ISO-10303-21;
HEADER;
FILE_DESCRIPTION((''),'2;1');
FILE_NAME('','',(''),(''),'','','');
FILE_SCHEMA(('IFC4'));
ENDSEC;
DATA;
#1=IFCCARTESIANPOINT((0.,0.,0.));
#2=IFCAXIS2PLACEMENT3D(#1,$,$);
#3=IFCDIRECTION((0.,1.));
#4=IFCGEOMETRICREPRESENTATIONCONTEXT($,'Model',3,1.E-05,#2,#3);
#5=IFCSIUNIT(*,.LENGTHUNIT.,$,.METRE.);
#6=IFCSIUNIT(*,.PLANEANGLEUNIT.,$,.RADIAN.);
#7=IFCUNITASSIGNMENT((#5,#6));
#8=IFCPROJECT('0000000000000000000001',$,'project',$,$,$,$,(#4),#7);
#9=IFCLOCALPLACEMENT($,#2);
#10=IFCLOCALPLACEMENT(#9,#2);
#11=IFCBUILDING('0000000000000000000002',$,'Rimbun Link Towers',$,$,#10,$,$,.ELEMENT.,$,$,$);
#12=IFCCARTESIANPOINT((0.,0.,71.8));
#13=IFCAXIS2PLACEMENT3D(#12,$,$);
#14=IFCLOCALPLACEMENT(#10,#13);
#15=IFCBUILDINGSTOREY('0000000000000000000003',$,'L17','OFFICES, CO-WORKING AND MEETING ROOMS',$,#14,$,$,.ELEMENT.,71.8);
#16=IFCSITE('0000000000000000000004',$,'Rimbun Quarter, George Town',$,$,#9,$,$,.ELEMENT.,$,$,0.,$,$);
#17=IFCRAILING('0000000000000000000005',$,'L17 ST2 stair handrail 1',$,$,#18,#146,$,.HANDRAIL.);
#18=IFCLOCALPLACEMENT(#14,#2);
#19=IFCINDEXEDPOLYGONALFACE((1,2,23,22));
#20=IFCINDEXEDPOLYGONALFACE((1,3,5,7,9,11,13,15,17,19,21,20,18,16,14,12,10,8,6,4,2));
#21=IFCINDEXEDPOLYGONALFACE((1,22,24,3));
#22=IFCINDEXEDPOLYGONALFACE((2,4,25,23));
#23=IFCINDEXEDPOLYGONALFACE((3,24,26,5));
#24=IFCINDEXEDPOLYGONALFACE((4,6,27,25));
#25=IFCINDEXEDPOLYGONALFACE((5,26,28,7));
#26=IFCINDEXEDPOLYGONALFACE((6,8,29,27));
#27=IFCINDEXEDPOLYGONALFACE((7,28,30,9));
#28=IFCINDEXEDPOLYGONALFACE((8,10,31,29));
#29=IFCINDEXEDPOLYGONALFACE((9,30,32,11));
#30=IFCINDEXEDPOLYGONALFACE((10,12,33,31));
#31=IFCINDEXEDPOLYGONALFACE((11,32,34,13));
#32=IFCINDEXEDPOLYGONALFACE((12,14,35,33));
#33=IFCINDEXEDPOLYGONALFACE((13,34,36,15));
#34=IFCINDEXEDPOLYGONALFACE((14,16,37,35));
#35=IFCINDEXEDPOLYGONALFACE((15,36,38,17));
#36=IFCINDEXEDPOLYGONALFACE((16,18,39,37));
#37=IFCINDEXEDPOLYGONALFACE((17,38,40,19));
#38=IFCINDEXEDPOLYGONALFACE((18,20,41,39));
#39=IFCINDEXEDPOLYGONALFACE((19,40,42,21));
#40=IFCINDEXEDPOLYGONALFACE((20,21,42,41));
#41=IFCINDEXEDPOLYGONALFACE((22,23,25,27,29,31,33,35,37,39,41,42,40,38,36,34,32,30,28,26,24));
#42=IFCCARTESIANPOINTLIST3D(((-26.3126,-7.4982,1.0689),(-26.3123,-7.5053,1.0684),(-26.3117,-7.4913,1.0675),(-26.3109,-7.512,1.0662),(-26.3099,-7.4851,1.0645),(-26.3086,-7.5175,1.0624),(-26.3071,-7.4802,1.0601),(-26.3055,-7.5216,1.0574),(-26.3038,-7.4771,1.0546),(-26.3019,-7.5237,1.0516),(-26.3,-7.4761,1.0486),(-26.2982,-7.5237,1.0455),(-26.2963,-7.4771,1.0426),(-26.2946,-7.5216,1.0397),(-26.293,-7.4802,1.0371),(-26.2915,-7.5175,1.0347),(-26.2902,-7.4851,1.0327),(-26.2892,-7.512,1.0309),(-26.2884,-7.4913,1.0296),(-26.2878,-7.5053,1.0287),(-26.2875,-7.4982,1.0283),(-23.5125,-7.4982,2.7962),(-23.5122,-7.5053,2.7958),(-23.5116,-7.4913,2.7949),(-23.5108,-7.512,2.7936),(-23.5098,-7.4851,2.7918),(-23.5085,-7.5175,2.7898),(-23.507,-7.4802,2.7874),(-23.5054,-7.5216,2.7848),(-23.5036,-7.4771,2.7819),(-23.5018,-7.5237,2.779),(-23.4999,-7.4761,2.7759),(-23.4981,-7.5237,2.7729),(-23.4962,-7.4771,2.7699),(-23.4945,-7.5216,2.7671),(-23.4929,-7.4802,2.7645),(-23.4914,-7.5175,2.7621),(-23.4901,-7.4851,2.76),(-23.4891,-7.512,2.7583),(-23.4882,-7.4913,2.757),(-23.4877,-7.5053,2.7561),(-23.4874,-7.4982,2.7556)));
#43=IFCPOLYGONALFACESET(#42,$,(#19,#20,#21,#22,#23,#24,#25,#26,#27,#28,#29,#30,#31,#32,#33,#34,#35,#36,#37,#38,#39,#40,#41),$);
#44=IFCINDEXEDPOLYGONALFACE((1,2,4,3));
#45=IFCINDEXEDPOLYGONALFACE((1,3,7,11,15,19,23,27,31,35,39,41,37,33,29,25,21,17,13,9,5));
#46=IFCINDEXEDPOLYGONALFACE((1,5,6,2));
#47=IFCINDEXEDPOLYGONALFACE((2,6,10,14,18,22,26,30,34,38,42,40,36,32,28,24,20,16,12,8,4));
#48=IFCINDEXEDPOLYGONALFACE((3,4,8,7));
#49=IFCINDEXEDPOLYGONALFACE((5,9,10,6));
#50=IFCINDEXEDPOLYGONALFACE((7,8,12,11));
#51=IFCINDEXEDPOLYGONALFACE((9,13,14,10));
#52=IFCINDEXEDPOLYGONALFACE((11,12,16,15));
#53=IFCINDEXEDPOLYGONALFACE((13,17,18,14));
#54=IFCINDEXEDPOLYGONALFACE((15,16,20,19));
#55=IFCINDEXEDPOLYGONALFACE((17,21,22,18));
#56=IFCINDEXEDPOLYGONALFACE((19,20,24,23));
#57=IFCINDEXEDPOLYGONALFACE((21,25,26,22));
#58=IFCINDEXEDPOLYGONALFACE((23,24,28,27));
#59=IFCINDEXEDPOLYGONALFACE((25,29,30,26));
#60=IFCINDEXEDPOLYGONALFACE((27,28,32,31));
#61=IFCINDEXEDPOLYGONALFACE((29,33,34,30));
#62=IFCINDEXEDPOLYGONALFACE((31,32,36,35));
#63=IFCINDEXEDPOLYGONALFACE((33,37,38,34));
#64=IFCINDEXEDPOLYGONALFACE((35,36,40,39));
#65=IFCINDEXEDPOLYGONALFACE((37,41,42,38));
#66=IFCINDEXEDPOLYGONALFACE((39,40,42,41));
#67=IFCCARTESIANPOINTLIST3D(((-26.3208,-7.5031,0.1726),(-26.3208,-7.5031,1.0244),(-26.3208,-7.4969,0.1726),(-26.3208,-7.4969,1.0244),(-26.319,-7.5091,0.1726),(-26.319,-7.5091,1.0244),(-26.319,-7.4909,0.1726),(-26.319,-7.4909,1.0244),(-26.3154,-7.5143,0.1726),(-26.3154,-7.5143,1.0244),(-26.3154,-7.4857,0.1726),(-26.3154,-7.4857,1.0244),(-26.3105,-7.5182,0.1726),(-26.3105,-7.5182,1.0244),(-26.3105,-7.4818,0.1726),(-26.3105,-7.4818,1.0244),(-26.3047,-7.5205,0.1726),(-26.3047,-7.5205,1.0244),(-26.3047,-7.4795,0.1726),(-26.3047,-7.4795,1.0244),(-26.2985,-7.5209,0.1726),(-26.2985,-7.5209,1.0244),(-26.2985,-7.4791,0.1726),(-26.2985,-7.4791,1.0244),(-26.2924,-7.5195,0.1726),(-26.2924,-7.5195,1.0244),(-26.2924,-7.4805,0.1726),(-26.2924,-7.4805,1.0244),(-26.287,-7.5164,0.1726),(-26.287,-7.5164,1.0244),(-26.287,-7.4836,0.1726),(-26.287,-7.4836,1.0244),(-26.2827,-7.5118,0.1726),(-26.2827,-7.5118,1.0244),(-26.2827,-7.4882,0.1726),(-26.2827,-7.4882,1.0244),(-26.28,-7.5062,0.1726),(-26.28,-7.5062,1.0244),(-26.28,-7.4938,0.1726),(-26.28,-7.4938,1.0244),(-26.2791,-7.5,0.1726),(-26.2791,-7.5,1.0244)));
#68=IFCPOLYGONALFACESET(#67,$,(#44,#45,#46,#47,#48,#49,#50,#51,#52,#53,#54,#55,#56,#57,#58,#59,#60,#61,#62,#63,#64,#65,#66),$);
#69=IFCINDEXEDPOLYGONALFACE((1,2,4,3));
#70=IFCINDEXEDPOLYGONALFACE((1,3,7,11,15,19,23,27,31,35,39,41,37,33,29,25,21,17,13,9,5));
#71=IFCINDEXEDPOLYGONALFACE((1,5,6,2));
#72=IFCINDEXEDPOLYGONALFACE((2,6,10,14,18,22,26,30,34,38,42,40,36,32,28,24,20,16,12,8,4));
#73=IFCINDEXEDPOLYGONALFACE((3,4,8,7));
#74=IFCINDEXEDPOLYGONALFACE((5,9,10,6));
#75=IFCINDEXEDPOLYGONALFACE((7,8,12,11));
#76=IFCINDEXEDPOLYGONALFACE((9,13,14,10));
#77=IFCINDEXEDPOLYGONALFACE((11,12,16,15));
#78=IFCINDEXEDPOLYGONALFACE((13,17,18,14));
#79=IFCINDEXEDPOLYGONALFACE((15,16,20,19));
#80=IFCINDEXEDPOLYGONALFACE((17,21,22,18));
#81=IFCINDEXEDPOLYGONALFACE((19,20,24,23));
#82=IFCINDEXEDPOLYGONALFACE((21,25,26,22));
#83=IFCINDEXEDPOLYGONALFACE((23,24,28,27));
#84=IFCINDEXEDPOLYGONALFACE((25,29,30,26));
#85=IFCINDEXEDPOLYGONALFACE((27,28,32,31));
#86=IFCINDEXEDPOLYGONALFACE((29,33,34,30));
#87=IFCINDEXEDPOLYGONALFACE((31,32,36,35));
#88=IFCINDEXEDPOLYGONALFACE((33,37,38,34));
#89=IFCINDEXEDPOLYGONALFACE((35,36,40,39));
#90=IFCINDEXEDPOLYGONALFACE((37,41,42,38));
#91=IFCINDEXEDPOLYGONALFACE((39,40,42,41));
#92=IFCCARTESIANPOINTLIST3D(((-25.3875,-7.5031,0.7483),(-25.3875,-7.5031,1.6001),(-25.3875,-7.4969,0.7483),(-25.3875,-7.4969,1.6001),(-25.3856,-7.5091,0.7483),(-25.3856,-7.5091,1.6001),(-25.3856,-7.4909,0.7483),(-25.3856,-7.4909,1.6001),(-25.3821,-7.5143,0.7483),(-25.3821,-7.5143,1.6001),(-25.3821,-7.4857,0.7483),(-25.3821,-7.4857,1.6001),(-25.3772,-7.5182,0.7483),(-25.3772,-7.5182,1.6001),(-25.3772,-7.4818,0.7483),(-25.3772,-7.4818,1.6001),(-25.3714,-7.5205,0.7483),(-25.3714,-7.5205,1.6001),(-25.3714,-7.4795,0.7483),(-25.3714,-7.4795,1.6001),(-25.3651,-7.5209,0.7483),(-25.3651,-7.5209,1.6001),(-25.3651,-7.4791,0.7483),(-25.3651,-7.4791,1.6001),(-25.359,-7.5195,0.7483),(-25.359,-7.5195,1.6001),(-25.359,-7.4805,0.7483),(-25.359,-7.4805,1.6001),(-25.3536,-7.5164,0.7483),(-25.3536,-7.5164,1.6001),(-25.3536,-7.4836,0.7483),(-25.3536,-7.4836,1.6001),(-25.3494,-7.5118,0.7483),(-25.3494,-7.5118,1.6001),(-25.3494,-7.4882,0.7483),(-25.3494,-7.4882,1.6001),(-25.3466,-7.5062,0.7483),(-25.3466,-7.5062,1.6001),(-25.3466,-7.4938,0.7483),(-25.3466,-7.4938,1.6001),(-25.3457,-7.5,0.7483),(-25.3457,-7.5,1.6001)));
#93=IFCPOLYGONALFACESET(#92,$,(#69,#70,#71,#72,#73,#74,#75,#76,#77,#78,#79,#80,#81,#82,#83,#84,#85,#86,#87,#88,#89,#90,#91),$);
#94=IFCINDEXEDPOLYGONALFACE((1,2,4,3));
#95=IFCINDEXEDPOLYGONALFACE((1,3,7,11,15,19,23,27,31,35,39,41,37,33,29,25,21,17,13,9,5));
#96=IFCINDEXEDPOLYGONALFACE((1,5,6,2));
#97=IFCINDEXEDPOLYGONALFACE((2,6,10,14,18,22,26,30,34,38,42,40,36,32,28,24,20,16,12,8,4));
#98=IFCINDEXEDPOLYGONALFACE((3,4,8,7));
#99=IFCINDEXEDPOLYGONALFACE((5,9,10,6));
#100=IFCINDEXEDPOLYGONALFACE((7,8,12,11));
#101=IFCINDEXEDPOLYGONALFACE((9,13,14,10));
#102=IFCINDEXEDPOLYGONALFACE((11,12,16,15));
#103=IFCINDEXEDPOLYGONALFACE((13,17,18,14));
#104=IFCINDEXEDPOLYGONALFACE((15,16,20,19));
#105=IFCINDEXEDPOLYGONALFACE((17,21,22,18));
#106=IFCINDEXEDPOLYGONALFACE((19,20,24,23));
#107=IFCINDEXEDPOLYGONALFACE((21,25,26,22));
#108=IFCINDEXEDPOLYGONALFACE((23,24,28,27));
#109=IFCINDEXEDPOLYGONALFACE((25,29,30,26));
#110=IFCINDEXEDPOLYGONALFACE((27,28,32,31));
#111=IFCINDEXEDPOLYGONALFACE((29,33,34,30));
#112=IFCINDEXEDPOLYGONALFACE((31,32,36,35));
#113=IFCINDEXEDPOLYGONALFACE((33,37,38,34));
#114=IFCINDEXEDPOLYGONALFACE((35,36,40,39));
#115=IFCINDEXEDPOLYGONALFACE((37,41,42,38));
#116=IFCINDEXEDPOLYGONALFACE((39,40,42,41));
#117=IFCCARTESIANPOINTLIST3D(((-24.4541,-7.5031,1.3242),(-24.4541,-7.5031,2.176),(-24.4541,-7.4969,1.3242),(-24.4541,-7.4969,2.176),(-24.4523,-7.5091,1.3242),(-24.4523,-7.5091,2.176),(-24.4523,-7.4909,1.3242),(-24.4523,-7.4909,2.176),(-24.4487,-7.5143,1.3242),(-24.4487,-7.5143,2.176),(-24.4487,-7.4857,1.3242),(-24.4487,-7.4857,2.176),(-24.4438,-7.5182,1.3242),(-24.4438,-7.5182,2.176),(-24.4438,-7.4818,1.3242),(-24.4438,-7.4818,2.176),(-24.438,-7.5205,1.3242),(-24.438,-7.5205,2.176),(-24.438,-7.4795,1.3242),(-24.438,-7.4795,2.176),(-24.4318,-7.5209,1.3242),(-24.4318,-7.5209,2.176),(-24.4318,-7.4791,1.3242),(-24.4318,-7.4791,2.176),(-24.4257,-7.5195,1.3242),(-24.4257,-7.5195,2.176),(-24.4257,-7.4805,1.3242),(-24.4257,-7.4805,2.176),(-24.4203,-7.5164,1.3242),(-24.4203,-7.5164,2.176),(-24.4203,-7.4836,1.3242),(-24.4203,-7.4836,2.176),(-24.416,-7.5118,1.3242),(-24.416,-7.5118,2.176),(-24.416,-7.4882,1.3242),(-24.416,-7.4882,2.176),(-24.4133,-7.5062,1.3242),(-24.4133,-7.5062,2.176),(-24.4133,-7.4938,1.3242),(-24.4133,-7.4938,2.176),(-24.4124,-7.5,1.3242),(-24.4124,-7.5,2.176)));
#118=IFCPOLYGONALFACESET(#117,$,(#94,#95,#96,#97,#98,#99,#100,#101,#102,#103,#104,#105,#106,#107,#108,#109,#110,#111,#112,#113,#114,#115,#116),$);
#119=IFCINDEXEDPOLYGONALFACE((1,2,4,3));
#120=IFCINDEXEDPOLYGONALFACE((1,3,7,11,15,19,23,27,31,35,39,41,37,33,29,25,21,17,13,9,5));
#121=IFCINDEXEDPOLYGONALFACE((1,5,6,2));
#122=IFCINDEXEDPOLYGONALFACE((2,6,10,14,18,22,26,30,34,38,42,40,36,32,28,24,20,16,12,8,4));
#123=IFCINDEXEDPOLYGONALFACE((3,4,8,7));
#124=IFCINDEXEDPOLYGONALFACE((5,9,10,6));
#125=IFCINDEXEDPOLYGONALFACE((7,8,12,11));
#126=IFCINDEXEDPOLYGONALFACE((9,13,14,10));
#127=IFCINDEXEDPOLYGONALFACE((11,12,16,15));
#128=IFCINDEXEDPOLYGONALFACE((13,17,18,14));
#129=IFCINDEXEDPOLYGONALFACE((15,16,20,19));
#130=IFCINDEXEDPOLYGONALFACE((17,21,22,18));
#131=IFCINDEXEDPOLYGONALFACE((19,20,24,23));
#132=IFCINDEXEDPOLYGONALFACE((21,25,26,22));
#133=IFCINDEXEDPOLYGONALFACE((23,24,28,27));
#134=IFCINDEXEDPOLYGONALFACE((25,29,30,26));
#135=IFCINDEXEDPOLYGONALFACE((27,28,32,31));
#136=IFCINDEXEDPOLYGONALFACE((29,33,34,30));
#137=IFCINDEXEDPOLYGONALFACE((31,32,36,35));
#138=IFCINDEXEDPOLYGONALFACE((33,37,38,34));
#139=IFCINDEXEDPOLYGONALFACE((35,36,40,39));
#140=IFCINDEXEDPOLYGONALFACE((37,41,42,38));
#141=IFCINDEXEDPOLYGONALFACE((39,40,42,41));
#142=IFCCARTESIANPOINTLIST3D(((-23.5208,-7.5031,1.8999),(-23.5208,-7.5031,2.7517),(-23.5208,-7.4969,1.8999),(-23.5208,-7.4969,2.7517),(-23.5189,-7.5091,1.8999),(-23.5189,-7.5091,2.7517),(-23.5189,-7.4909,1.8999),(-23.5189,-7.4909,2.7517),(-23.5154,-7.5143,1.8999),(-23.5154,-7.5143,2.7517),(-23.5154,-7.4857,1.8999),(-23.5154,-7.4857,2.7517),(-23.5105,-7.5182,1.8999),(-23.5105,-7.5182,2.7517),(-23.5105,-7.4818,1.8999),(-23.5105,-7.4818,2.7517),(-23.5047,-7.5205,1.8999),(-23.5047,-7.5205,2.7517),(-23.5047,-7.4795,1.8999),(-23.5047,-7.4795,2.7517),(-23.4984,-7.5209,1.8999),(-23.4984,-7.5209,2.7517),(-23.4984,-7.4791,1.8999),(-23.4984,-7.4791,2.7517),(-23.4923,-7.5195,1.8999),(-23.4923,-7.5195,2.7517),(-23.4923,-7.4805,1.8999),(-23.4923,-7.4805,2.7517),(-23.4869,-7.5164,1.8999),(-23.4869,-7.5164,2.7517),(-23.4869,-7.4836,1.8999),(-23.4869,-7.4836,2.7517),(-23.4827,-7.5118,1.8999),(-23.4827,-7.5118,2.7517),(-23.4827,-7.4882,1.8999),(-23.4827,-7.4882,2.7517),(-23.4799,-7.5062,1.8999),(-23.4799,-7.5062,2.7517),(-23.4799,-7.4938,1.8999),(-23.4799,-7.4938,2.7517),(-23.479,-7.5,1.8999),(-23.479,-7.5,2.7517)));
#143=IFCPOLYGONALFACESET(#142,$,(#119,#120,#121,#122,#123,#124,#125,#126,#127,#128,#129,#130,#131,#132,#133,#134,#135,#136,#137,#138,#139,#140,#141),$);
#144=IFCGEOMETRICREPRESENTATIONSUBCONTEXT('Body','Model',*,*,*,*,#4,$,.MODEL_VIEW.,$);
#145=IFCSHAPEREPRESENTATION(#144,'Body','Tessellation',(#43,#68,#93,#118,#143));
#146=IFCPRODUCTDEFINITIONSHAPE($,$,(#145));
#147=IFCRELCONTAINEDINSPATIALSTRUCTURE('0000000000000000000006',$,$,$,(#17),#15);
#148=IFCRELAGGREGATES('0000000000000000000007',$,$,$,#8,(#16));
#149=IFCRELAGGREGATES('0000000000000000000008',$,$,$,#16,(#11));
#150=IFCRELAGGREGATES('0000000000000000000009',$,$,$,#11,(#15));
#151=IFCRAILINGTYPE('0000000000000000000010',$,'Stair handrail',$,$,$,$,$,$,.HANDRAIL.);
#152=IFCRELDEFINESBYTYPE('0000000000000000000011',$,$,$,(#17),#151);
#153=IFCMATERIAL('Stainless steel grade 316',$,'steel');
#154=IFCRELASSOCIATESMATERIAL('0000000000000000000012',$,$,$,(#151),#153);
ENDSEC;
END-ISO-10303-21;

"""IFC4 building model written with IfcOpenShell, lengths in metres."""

from ifc_helpers import new_model, si_unit, direction, frame, origin, origin_2d, place, context, subcontext, project, spatial, circle, extrude, material, type_object, element, save


model = new_model("IFC4")

# Units and contexts
model_context = context("Model", 3, precision=1e-05, world=origin(), true_north=direction((0.0, 1.0)))
body_context = subcontext(model_context, "Body", "Model", "MODEL_VIEW")
ifc_project = project(units=[si_unit("LENGTHUNIT", "METRE"), si_unit("PLANEANGLEUNIT", "RADIAN")], contexts=[model_context])

# Site, building, storey
site_placement = place(None, origin())
site = spatial("IfcSite", under=ifc_project, at=site_placement, Name="Rimbun Quarter, George Town", CompositionType="ELEMENT", RefElevation=0.0)
building_placement = place(site_placement, origin())
building = spatial("IfcBuilding", under=site, at=building_placement, Name="Rimbun Link Towers", CompositionType="ELEMENT")
storey_placement = place(building_placement, frame((0.0, 0.0, 71.8)))
storey = spatial("IfcBuildingStorey", under=building, at=storey_placement, Name="L17", Description="OFFICES, CO-WORKING AND MEETING ROOMS", CompositionType="ELEMENT", Elevation=71.8)

# Railing
ifc_material_1 = material(Name="Stainless steel grade 316", Category="steel")
railing_type_1 = type_object("IfcRailingType", Name="Stair handrail", PredefinedType="HANDRAIL", material=ifc_material_1)
railing_1_placement = place(storey_placement, frame((-26.3, -7.5, 0.1726)))
element("IfcRailing", 1, at=railing_1_placement, inside=storey, type_object=railing_type_1, Name="L17 ST2 stair handrail 1", PredefinedType="HANDRAIL", context=body_context, shape_type="SweptSolid", body=[
    extrude(circle(Radius=0.0239, at=origin_2d()), frame((0.0, 0.0, 0.876), z_axis=(0.85109, 0.0, 0.52502), x_axis=(0.0, 1.0, 0.0)), (0.0, 0.0, 1.0), 3.29),
    extrude(circle(Radius=0.021, at=origin_2d()), origin(), (0.0, 0.0, 1.0), 0.8518),
    extrude(circle(Radius=0.021, at=origin_2d()), frame((0.9333, 0.0, 0.5757)), (0.0, 0.0, 1.0), 0.8518),
    extrude(circle(Radius=0.021, at=origin_2d()), frame((1.8667, 0.0, 1.1516)), (0.0, 0.0, 1.0), 0.8518),
    extrude(circle(Radius=0.021, at=origin_2d()), frame((2.8, 0.0, 1.7273)), (0.0, 0.0, 1.0), 0.8518),
])

save(model, "model.ifc")
